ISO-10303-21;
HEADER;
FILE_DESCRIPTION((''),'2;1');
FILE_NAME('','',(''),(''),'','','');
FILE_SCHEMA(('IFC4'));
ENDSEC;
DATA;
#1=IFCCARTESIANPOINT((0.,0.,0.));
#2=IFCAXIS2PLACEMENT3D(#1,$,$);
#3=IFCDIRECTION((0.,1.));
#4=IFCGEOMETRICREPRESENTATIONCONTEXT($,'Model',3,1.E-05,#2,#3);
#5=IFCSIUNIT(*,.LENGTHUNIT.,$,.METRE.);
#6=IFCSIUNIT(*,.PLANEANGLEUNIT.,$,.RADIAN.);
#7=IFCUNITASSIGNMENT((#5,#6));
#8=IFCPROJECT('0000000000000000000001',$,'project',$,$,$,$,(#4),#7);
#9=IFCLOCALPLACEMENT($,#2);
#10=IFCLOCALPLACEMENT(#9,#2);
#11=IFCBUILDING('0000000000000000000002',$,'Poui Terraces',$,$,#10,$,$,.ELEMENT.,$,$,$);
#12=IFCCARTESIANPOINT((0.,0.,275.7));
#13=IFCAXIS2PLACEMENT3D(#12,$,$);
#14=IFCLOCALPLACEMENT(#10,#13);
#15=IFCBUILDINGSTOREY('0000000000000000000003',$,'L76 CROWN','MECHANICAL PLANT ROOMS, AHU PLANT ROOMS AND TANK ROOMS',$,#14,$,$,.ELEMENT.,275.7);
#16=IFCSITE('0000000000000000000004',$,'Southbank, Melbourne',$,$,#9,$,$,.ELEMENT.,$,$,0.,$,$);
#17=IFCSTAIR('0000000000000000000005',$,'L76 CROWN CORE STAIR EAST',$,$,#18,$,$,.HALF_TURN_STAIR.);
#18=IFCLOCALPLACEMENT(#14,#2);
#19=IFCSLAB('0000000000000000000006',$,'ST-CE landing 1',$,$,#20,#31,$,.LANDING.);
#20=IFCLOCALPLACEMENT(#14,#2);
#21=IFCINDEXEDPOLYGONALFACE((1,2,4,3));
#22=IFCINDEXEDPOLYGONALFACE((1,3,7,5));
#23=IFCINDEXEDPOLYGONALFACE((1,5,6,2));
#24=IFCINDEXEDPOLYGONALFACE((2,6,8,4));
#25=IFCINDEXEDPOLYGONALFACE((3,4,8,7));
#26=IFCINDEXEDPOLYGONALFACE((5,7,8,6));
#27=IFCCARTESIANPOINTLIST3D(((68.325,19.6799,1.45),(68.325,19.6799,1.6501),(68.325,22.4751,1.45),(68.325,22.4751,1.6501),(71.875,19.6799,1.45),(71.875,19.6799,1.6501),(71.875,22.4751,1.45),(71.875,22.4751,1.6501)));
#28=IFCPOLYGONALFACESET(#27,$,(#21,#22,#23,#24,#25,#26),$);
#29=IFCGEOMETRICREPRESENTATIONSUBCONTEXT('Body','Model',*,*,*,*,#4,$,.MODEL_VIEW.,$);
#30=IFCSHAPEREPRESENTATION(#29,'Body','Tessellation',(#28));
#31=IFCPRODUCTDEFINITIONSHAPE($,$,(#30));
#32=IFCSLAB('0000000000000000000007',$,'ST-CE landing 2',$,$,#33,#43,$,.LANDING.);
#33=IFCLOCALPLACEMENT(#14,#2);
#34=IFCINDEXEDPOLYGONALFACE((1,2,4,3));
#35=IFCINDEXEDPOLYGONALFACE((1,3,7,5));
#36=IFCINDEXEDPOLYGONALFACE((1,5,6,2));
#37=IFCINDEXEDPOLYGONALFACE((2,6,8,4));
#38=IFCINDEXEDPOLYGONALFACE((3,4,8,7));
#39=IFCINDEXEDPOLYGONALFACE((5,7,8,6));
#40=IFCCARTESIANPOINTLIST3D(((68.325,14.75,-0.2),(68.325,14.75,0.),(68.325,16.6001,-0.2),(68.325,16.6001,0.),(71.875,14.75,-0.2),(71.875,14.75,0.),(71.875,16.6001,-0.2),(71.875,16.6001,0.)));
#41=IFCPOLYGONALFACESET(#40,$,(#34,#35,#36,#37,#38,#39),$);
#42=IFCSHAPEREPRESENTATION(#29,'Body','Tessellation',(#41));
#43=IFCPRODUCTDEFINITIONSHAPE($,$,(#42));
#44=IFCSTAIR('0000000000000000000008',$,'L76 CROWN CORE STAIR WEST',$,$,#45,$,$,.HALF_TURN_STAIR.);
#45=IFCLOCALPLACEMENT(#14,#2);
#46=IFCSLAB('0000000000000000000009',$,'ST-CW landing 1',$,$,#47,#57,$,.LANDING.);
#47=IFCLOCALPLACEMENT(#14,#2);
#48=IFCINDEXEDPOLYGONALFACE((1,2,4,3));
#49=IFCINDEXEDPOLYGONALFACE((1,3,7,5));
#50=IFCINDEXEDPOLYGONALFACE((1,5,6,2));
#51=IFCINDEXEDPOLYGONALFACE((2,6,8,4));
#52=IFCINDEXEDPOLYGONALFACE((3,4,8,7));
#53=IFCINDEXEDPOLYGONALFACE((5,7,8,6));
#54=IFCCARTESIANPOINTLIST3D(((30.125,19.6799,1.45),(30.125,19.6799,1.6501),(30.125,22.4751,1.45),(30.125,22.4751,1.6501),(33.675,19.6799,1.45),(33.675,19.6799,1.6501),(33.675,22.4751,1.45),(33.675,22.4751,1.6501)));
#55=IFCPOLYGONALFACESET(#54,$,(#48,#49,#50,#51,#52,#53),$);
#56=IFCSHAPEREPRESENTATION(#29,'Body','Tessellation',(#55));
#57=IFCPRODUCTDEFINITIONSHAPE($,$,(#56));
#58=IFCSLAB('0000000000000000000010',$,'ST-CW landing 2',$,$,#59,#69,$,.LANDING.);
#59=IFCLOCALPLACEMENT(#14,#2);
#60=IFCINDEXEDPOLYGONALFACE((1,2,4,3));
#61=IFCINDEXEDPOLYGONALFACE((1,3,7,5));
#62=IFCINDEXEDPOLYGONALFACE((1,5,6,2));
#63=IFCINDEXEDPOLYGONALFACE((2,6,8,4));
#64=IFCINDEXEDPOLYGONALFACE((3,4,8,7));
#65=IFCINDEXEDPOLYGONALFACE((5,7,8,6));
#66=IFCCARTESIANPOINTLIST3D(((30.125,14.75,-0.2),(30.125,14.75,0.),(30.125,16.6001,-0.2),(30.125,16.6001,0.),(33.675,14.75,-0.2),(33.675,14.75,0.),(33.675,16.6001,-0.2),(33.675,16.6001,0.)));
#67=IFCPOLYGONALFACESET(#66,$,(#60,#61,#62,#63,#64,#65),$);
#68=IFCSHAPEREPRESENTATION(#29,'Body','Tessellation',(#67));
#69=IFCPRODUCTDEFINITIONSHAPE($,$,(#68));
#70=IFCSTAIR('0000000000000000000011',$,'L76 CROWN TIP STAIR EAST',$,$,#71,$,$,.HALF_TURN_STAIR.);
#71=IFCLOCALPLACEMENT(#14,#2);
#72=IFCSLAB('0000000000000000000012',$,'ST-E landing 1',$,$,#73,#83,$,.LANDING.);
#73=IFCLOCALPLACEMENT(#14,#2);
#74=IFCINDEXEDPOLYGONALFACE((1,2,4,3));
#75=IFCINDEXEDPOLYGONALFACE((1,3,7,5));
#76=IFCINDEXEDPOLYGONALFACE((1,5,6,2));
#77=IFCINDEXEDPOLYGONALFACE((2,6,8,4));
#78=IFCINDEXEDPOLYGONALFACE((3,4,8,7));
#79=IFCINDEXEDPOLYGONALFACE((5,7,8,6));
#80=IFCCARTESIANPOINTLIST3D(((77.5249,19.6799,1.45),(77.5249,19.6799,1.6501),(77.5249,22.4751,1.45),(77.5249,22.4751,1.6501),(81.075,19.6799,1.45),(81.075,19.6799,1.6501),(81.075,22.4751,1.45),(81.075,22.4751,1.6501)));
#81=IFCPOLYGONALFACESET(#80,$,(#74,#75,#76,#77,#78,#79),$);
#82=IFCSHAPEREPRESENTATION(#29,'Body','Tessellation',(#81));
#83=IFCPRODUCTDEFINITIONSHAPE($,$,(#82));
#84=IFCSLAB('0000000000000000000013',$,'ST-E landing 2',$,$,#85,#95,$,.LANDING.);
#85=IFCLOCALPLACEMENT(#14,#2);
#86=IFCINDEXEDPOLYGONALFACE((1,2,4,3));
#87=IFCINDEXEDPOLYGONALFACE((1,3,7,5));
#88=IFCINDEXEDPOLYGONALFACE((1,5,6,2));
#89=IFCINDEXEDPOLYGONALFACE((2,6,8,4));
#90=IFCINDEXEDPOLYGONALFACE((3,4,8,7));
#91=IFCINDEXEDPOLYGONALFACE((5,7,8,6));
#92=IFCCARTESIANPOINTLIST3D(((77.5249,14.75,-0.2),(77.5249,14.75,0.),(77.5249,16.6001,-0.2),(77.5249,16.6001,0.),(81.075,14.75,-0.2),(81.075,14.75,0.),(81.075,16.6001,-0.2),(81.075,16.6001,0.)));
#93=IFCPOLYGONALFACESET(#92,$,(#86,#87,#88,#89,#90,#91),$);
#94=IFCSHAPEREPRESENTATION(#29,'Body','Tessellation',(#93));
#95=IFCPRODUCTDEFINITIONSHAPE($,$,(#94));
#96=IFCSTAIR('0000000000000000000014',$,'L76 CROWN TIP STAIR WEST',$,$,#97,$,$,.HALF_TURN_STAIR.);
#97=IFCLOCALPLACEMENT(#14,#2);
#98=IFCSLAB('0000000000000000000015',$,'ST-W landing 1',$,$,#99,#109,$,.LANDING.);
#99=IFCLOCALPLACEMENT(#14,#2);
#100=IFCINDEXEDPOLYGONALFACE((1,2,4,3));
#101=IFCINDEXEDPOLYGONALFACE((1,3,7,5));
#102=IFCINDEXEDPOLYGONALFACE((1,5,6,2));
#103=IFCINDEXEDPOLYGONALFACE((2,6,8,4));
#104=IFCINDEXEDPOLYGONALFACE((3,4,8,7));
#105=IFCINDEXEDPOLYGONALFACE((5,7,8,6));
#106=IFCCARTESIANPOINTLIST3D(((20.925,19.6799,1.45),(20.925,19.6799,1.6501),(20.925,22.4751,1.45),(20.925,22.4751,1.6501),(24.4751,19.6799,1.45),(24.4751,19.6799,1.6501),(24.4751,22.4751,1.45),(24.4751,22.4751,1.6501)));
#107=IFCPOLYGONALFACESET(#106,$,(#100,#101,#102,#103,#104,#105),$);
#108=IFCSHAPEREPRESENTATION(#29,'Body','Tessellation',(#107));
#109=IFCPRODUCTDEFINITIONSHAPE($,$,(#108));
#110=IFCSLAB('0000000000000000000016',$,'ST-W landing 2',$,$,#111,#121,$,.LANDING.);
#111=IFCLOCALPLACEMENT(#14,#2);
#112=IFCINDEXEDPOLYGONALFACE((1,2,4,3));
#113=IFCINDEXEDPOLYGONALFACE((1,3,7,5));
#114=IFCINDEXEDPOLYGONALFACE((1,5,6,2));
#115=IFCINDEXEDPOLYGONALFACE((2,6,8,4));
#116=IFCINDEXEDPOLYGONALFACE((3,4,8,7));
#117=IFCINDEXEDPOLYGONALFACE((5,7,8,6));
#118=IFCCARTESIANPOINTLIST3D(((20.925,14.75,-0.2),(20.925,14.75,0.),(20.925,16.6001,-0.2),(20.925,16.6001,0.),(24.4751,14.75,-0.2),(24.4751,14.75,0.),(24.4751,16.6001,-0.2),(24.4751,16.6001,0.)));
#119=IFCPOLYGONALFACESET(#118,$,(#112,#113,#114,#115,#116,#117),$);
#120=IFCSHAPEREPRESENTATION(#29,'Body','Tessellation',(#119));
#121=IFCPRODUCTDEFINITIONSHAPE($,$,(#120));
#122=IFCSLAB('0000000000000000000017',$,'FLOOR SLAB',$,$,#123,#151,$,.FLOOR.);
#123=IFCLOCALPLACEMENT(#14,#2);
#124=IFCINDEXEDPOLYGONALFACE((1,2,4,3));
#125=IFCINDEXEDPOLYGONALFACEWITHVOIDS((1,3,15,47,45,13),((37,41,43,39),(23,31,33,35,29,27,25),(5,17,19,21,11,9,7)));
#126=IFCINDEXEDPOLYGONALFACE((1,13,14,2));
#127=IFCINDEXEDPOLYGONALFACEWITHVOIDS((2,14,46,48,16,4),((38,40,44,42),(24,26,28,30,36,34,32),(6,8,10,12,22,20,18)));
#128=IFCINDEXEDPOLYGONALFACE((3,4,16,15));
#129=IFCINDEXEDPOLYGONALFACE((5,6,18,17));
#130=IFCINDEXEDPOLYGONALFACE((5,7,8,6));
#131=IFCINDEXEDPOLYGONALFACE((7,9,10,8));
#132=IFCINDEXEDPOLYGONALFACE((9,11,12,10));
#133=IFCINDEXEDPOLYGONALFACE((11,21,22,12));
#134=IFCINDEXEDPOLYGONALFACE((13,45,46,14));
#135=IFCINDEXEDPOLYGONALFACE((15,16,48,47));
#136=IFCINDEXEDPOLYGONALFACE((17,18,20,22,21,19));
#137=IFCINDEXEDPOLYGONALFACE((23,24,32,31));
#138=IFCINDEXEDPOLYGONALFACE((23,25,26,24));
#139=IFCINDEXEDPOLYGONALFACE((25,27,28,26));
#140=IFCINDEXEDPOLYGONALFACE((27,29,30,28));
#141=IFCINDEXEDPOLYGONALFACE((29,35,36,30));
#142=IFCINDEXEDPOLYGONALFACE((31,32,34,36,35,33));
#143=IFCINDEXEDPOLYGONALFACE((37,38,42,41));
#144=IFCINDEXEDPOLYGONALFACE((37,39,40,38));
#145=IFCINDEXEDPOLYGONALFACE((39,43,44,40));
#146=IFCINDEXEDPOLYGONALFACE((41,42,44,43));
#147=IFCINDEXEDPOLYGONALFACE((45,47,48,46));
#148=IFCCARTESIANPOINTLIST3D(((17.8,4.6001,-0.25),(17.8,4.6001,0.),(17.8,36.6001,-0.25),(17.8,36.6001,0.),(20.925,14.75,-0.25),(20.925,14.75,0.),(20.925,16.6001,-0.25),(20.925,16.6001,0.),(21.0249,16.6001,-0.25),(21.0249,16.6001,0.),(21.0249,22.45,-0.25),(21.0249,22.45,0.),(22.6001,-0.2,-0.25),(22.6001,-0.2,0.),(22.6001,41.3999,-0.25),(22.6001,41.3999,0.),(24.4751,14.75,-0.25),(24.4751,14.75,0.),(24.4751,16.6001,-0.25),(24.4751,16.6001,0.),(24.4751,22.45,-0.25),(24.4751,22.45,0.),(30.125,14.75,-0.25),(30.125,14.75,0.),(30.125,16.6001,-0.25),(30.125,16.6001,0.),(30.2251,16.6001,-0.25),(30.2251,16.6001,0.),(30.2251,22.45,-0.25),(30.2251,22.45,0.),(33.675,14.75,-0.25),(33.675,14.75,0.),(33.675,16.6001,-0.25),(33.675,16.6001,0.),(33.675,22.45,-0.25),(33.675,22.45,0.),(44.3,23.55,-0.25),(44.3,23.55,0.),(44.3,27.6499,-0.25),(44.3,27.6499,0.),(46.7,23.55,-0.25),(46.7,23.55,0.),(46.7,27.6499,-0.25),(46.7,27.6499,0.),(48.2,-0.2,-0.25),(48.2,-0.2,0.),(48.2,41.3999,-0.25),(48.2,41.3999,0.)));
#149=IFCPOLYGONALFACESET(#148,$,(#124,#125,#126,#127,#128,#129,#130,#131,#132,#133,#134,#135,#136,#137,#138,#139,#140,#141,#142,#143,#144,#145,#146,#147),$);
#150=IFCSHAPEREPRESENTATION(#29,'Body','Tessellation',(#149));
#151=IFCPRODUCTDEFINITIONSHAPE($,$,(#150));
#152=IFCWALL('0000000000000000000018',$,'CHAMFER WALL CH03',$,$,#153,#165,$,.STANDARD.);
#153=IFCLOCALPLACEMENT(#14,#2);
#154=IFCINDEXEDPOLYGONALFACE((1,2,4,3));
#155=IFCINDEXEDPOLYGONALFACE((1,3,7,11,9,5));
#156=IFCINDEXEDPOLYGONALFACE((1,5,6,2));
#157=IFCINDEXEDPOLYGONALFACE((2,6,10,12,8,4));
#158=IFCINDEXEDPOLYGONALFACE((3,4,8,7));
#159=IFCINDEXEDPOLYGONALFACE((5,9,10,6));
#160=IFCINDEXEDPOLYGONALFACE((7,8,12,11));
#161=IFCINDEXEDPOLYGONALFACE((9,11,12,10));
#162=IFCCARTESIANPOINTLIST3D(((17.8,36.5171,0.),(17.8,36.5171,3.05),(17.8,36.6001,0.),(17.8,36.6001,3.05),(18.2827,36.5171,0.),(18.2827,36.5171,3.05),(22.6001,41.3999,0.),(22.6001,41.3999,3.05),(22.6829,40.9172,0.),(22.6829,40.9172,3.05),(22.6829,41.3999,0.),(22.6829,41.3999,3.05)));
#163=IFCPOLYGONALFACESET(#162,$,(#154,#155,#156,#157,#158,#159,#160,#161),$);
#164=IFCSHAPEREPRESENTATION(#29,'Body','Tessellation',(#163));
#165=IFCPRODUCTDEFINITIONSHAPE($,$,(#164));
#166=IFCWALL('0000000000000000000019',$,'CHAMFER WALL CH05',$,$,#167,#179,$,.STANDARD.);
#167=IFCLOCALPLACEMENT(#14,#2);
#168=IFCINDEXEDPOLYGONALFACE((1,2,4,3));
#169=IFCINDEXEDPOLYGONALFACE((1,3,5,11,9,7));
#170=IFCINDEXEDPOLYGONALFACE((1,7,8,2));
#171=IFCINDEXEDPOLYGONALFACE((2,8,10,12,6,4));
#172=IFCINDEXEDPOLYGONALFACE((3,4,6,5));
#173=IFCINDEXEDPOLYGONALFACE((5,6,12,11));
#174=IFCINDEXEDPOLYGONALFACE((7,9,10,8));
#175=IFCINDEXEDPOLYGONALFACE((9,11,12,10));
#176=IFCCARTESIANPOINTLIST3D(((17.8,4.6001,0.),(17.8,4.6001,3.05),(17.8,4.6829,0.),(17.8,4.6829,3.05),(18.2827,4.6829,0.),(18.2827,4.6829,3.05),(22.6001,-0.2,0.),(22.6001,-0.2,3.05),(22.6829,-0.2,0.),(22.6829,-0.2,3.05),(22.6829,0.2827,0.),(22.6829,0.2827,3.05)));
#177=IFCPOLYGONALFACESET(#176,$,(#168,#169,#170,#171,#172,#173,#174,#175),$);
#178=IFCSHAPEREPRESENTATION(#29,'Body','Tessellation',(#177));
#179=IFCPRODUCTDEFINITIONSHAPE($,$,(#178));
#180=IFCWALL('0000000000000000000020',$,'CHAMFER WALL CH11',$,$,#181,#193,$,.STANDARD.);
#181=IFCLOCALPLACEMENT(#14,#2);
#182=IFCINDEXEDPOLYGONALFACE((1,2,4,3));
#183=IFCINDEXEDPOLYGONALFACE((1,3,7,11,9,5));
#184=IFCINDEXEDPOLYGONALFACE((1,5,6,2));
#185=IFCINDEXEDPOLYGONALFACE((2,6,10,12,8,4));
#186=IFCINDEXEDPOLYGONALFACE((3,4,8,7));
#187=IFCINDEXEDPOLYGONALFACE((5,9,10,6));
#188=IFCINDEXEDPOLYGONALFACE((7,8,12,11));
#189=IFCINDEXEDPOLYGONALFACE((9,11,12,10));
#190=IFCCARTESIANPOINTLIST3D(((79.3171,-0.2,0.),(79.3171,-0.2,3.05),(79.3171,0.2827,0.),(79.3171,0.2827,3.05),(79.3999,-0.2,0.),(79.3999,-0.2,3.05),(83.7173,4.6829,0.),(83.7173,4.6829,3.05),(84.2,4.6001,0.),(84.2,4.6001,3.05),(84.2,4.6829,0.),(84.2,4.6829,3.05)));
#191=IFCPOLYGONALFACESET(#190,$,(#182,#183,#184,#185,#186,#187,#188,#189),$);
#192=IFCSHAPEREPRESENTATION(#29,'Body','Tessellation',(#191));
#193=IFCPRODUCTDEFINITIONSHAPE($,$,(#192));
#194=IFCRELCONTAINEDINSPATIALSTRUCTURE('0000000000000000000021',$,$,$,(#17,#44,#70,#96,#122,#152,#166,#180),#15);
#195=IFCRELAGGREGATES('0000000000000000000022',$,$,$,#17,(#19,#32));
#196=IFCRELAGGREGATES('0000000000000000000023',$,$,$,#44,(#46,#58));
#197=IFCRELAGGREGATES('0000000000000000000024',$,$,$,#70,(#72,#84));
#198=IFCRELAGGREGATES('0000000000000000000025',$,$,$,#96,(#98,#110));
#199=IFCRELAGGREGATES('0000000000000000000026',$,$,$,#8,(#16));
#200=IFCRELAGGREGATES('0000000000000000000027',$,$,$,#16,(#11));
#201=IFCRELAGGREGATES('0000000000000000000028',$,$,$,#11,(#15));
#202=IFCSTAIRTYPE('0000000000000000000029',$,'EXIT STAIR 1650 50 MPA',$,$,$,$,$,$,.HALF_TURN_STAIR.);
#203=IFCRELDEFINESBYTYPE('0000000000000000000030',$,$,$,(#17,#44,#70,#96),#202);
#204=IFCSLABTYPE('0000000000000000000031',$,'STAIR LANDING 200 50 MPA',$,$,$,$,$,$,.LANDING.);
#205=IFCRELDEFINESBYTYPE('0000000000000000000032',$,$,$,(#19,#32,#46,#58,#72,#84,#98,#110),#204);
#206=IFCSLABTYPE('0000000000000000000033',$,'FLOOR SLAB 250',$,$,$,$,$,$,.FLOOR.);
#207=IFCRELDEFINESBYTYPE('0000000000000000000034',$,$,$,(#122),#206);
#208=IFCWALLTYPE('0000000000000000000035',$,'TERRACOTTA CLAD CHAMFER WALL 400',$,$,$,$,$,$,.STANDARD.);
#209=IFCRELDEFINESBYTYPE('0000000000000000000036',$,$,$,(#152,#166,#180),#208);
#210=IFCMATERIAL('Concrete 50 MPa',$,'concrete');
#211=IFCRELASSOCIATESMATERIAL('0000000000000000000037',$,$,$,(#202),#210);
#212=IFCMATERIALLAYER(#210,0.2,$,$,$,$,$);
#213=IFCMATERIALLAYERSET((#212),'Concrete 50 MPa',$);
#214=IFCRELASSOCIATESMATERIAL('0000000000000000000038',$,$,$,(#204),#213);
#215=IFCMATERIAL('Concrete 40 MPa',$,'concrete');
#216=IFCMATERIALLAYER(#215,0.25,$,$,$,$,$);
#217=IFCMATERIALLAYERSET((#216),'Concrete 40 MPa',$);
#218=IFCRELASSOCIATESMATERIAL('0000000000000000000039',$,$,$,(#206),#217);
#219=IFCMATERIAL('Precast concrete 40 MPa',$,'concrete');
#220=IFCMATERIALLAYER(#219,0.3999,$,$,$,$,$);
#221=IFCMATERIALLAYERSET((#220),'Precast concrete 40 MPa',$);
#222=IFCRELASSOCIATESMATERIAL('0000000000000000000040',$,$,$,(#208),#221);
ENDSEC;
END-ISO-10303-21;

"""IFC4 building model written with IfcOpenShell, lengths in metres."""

from ifc_helpers import new_model, si_unit, direction, frame, origin, place, context, subcontext, project, spatial, polyline, outline, extrude, source, transform, mapped, material, layer, layer_set, type_object, element, aggregate, save


model = new_model("IFC4")

# Units and contexts
model_context = context("Model", 3, precision=1e-05, world=origin(), true_north=direction((0.0, 1.0)))
body_context = subcontext(model_context, "Body", "Model", "MODEL_VIEW")
ifc_project = project(units=[si_unit("LENGTHUNIT", "METRE"), si_unit("PLANEANGLEUNIT", "RADIAN")], contexts=[model_context])

# Site, building, storey
site_placement = place(None, origin())
site = spatial("IfcSite", under=ifc_project, at=site_placement, Name="Southbank, Melbourne", CompositionType="ELEMENT", RefElevation=0.0)
building_placement = place(site_placement, origin())
building = spatial("IfcBuilding", under=site, at=building_placement, Name="Poui Terraces", CompositionType="ELEMENT")
storey_placement = place(building_placement, frame((0.0, 0.0, 275.7)))
storey = spatial("IfcBuildingStorey", under=building, at=storey_placement, Name="L76 CROWN", Description="MECHANICAL PLANT ROOMS, AHU PLANT ROOMS AND TANK ROOMS", CompositionType="ELEMENT", Elevation=275.7)

# Stairs, slabs
ifc_material_1 = material(Name="Concrete 50 MPa", Category="concrete")
stair_type = type_object("IfcStairType", Name="EXIT STAIR 1650 50 MPA", PredefinedType="HALF_TURN_STAIR", material=ifc_material_1)
stair_1_placement = place(storey_placement, origin())
stair_1 = element("IfcStair", 1, at=stair_1_placement, inside=storey, type_object=stair_type, Name="L76 CROWN CORE STAIR EAST", PredefinedType="HALF_TURN_STAIR")
ifc_layer_1 = layer(ifc_material_1, 0.2)
ifc_layer_set_1 = layer_set([ifc_layer_1], Name="Concrete 50 MPa")
slab_type_1 = type_object("IfcSlabType", Name="STAIR LANDING 200 50 MPA", PredefinedType="LANDING", material=ifc_layer_set_1)
slab_1_placement = place(storey_placement, frame((0.0, 0.0, 1.45)))
slab_1 = element("IfcSlab", 2, at=slab_1_placement, type_object=slab_type_1, Name="ST-CE landing 1", PredefinedType="LANDING", context=body_context, shape_type="SweptSolid", body=[
    extrude(outline(polyline([(68.325, 19.6799), (71.875, 19.6799), (71.875, 22.4751), (68.325, 22.4751), (68.325, 19.6799)])), origin(), (0.0, 0.0, 1.0), 0.2002),
])
slab_2_placement = place(storey_placement, frame((0.0, 0.0, -0.2)))
slab_2 = element("IfcSlab", 3, at=slab_2_placement, type_object=slab_type_1, Name="ST-CE landing 2", PredefinedType="LANDING", context=body_context, shape_type="SweptSolid", body=[
    extrude(outline(polyline([(68.325, 14.75), (71.875, 14.75), (71.875, 16.6001), (68.325, 16.6001), (68.325, 14.75)])), origin(), (0.0, 0.0, 1.0), 0.2),
])
aggregate(stair_1, [slab_1, slab_2])
stair_2_placement = place(storey_placement, origin())
stair_2 = element("IfcStair", 4, at=stair_2_placement, inside=storey, type_object=stair_type, Name="L76 CROWN CORE STAIR WEST", PredefinedType="HALF_TURN_STAIR")
slab_3_placement = place(storey_placement, frame((0.0, 0.0, 1.45)))
slab_3 = element("IfcSlab", 5, at=slab_3_placement, type_object=slab_type_1, Name="ST-CW landing 1", PredefinedType="LANDING", context=body_context, shape_type="SweptSolid", body=[
    extrude(outline(polyline([(30.125, 19.6799), (33.675, 19.6799), (33.675, 22.4751), (30.125, 22.4751), (30.125, 19.6799)])), origin(), (0.0, 0.0, 1.0), 0.2002),
])
slab_4_placement = place(storey_placement, frame((0.0, 0.0, -0.2)))
slab_4 = element("IfcSlab", 6, at=slab_4_placement, type_object=slab_type_1, Name="ST-CW landing 2", PredefinedType="LANDING", context=body_context, shape_type="SweptSolid", body=[
    extrude(outline(polyline([(30.125, 14.75), (33.675, 14.75), (33.675, 16.6001), (30.125, 16.6001), (30.125, 14.75)])), origin(), (0.0, 0.0, 1.0), 0.2),
])
aggregate(stair_2, [slab_3, slab_4])
stair_3_placement = place(storey_placement, origin())
stair_3 = element("IfcStair", 7, at=stair_3_placement, inside=storey, type_object=stair_type, Name="L76 CROWN TIP STAIR EAST", PredefinedType="HALF_TURN_STAIR")
slab_5_placement = place(storey_placement, frame((0.0, 0.0, 1.45)))
slab_5 = element("IfcSlab", 8, at=slab_5_placement, type_object=slab_type_1, Name="ST-E landing 1", PredefinedType="LANDING", context=body_context, shape_type="SweptSolid", body=[
    extrude(outline(polyline([(77.5249, 19.6799), (81.075, 19.6799), (81.075, 22.4751), (77.5249, 22.4751), (77.5249, 19.6799)])), origin(), (0.0, 0.0, 1.0), 0.2002),
])
slab_6_placement = place(storey_placement, frame((0.0, 0.0, -0.2)))
slab_6 = element("IfcSlab", 9, at=slab_6_placement, type_object=slab_type_1, Name="ST-E landing 2", PredefinedType="LANDING", context=body_context, shape_type="SweptSolid", body=[
    extrude(outline(polyline([(77.5249, 14.75), (81.075, 14.75), (81.075, 16.6001), (77.5249, 16.6001), (77.5249, 14.75)])), origin(), (0.0, 0.0, 1.0), 0.2),
])
aggregate(stair_3, [slab_5, slab_6])
stair_4_placement = place(storey_placement, origin())
stair_4 = element("IfcStair", 10, at=stair_4_placement, inside=storey, type_object=stair_type, Name="L76 CROWN TIP STAIR WEST", PredefinedType="HALF_TURN_STAIR")
slab_7_placement = place(storey_placement, frame((0.0, 0.0, 1.45)))
slab_7 = element("IfcSlab", 11, at=slab_7_placement, type_object=slab_type_1, Name="ST-W landing 1", PredefinedType="LANDING", context=body_context, shape_type="SweptSolid", body=[
    extrude(outline(polyline([(20.925, 19.6799), (24.4751, 19.6799), (24.4751, 22.4751), (20.925, 22.4751), (20.925, 19.6799)])), origin(), (0.0, 0.0, 1.0), 0.2002),
])
slab_8_placement = place(storey_placement, frame((0.0, 0.0, -0.2)))
slab_8 = element("IfcSlab", 12, at=slab_8_placement, type_object=slab_type_1, Name="ST-W landing 2", PredefinedType="LANDING", context=body_context, shape_type="SweptSolid", body=[
    extrude(outline(polyline([(20.925, 14.75), (24.4751, 14.75), (24.4751, 16.6001), (20.925, 16.6001), (20.925, 14.75)])), origin(), (0.0, 0.0, 1.0), 0.2),
])
aggregate(stair_4, [slab_7, slab_8])

# Slab
ifc_material_2 = material(Name="Concrete 40 MPa", Category="concrete")
ifc_layer_2 = layer(ifc_material_2, 0.25)
ifc_layer_set_2 = layer_set([ifc_layer_2], Name="Concrete 40 MPa")
slab_type_2 = type_object("IfcSlabType", Name="FLOOR SLAB 250", PredefinedType="FLOOR", material=ifc_layer_set_2)
shared_shape_1 = source(origin(), body_context, "Body", "SweptSolid", [
    extrude(outline(polyline([(0.0, 0.0), (4.8, -4.8), (30.3999, -4.8), (30.3999, 36.7998), (4.8, 36.7998), (0.0, 32.0), (0.0, 0.0)]), holes=[polyline([(3.125, 12.0), (3.2249, 12.0), (3.2249, 17.8499), (6.675, 17.8499), (6.675, 12.0), (6.675, 10.1499), (3.125, 10.1499), (3.125, 12.0)]), polyline([(12.325, 12.0), (12.425, 12.0), (12.425, 17.8499), (15.875, 17.8499), (15.875, 12.0), (15.875, 10.1499), (12.325, 10.1499), (12.325, 12.0)]), polyline([(28.8999, 18.95), (26.5, 18.95), (26.5, 23.0498), (28.8999, 23.0498), (28.8999, 18.95)])]), origin(), (0.0, 0.0, 1.0), 0.25),
])
slab_9_placement = place(storey_placement, frame((17.8, 4.6001, -0.25)))
element("IfcSlab", 13, at=slab_9_placement, inside=storey, type_object=slab_type_2, Name="FLOOR SLAB", PredefinedType="FLOOR", context=body_context, shape_type="MappedRepresentation", body=[
    mapped(shared_shape_1, transform((0.0, 0.0, 0.0))),
])

# Walls
ifc_material_3 = material(Name="Precast concrete 40 MPa", Category="concrete")
ifc_layer_3 = layer(ifc_material_3, 0.3999)
ifc_layer_set_3 = layer_set([ifc_layer_3], Name="Precast concrete 40 MPa")
wall_type = type_object("IfcWallType", Name="TERRACOTTA CLAD CHAMFER WALL 400", PredefinedType="STANDARD", material=ifc_layer_set_3)
wall_1_placement = place(storey_placement, origin())
element("IfcWall", 14, at=wall_1_placement, inside=storey, type_object=wall_type, Name="CHAMFER WALL CH03", PredefinedType="STANDARD", context=body_context, shape_type="SweptSolid", body=[
    extrude(outline(polyline([(22.6829, 41.3999), (22.6001, 41.3999), (17.8, 36.6001), (17.8, 36.5171), (18.2827, 36.5171), (22.6829, 40.9172), (22.6829, 41.3999)])), origin(), (0.0, 0.0, 1.0), 3.05),
])
wall_2_placement = place(storey_placement, origin())
element("IfcWall", 15, at=wall_2_placement, inside=storey, type_object=wall_type, Name="CHAMFER WALL CH05", PredefinedType="STANDARD", context=body_context, shape_type="SweptSolid", body=[
    extrude(outline(polyline([(17.8, 4.6829), (17.8, 4.6001), (22.6001, -0.2), (22.6829, -0.2), (22.6829, 0.2827), (18.2827, 4.6829), (17.8, 4.6829)])), origin(), (0.0, 0.0, 1.0), 3.05),
])
wall_3_placement = place(storey_placement, origin())
element("IfcWall", 16, at=wall_3_placement, inside=storey, type_object=wall_type, Name="CHAMFER WALL CH11", PredefinedType="STANDARD", context=body_context, shape_type="SweptSolid", body=[
    extrude(outline(polyline([(79.3171, -0.2), (79.3999, -0.2), (84.2, 4.6001), (84.2, 4.6829), (83.7173, 4.6829), (79.3171, 0.2827), (79.3171, -0.2)])), origin(), (0.0, 0.0, 1.0), 3.05),
])

save(model, "model.ifc")
